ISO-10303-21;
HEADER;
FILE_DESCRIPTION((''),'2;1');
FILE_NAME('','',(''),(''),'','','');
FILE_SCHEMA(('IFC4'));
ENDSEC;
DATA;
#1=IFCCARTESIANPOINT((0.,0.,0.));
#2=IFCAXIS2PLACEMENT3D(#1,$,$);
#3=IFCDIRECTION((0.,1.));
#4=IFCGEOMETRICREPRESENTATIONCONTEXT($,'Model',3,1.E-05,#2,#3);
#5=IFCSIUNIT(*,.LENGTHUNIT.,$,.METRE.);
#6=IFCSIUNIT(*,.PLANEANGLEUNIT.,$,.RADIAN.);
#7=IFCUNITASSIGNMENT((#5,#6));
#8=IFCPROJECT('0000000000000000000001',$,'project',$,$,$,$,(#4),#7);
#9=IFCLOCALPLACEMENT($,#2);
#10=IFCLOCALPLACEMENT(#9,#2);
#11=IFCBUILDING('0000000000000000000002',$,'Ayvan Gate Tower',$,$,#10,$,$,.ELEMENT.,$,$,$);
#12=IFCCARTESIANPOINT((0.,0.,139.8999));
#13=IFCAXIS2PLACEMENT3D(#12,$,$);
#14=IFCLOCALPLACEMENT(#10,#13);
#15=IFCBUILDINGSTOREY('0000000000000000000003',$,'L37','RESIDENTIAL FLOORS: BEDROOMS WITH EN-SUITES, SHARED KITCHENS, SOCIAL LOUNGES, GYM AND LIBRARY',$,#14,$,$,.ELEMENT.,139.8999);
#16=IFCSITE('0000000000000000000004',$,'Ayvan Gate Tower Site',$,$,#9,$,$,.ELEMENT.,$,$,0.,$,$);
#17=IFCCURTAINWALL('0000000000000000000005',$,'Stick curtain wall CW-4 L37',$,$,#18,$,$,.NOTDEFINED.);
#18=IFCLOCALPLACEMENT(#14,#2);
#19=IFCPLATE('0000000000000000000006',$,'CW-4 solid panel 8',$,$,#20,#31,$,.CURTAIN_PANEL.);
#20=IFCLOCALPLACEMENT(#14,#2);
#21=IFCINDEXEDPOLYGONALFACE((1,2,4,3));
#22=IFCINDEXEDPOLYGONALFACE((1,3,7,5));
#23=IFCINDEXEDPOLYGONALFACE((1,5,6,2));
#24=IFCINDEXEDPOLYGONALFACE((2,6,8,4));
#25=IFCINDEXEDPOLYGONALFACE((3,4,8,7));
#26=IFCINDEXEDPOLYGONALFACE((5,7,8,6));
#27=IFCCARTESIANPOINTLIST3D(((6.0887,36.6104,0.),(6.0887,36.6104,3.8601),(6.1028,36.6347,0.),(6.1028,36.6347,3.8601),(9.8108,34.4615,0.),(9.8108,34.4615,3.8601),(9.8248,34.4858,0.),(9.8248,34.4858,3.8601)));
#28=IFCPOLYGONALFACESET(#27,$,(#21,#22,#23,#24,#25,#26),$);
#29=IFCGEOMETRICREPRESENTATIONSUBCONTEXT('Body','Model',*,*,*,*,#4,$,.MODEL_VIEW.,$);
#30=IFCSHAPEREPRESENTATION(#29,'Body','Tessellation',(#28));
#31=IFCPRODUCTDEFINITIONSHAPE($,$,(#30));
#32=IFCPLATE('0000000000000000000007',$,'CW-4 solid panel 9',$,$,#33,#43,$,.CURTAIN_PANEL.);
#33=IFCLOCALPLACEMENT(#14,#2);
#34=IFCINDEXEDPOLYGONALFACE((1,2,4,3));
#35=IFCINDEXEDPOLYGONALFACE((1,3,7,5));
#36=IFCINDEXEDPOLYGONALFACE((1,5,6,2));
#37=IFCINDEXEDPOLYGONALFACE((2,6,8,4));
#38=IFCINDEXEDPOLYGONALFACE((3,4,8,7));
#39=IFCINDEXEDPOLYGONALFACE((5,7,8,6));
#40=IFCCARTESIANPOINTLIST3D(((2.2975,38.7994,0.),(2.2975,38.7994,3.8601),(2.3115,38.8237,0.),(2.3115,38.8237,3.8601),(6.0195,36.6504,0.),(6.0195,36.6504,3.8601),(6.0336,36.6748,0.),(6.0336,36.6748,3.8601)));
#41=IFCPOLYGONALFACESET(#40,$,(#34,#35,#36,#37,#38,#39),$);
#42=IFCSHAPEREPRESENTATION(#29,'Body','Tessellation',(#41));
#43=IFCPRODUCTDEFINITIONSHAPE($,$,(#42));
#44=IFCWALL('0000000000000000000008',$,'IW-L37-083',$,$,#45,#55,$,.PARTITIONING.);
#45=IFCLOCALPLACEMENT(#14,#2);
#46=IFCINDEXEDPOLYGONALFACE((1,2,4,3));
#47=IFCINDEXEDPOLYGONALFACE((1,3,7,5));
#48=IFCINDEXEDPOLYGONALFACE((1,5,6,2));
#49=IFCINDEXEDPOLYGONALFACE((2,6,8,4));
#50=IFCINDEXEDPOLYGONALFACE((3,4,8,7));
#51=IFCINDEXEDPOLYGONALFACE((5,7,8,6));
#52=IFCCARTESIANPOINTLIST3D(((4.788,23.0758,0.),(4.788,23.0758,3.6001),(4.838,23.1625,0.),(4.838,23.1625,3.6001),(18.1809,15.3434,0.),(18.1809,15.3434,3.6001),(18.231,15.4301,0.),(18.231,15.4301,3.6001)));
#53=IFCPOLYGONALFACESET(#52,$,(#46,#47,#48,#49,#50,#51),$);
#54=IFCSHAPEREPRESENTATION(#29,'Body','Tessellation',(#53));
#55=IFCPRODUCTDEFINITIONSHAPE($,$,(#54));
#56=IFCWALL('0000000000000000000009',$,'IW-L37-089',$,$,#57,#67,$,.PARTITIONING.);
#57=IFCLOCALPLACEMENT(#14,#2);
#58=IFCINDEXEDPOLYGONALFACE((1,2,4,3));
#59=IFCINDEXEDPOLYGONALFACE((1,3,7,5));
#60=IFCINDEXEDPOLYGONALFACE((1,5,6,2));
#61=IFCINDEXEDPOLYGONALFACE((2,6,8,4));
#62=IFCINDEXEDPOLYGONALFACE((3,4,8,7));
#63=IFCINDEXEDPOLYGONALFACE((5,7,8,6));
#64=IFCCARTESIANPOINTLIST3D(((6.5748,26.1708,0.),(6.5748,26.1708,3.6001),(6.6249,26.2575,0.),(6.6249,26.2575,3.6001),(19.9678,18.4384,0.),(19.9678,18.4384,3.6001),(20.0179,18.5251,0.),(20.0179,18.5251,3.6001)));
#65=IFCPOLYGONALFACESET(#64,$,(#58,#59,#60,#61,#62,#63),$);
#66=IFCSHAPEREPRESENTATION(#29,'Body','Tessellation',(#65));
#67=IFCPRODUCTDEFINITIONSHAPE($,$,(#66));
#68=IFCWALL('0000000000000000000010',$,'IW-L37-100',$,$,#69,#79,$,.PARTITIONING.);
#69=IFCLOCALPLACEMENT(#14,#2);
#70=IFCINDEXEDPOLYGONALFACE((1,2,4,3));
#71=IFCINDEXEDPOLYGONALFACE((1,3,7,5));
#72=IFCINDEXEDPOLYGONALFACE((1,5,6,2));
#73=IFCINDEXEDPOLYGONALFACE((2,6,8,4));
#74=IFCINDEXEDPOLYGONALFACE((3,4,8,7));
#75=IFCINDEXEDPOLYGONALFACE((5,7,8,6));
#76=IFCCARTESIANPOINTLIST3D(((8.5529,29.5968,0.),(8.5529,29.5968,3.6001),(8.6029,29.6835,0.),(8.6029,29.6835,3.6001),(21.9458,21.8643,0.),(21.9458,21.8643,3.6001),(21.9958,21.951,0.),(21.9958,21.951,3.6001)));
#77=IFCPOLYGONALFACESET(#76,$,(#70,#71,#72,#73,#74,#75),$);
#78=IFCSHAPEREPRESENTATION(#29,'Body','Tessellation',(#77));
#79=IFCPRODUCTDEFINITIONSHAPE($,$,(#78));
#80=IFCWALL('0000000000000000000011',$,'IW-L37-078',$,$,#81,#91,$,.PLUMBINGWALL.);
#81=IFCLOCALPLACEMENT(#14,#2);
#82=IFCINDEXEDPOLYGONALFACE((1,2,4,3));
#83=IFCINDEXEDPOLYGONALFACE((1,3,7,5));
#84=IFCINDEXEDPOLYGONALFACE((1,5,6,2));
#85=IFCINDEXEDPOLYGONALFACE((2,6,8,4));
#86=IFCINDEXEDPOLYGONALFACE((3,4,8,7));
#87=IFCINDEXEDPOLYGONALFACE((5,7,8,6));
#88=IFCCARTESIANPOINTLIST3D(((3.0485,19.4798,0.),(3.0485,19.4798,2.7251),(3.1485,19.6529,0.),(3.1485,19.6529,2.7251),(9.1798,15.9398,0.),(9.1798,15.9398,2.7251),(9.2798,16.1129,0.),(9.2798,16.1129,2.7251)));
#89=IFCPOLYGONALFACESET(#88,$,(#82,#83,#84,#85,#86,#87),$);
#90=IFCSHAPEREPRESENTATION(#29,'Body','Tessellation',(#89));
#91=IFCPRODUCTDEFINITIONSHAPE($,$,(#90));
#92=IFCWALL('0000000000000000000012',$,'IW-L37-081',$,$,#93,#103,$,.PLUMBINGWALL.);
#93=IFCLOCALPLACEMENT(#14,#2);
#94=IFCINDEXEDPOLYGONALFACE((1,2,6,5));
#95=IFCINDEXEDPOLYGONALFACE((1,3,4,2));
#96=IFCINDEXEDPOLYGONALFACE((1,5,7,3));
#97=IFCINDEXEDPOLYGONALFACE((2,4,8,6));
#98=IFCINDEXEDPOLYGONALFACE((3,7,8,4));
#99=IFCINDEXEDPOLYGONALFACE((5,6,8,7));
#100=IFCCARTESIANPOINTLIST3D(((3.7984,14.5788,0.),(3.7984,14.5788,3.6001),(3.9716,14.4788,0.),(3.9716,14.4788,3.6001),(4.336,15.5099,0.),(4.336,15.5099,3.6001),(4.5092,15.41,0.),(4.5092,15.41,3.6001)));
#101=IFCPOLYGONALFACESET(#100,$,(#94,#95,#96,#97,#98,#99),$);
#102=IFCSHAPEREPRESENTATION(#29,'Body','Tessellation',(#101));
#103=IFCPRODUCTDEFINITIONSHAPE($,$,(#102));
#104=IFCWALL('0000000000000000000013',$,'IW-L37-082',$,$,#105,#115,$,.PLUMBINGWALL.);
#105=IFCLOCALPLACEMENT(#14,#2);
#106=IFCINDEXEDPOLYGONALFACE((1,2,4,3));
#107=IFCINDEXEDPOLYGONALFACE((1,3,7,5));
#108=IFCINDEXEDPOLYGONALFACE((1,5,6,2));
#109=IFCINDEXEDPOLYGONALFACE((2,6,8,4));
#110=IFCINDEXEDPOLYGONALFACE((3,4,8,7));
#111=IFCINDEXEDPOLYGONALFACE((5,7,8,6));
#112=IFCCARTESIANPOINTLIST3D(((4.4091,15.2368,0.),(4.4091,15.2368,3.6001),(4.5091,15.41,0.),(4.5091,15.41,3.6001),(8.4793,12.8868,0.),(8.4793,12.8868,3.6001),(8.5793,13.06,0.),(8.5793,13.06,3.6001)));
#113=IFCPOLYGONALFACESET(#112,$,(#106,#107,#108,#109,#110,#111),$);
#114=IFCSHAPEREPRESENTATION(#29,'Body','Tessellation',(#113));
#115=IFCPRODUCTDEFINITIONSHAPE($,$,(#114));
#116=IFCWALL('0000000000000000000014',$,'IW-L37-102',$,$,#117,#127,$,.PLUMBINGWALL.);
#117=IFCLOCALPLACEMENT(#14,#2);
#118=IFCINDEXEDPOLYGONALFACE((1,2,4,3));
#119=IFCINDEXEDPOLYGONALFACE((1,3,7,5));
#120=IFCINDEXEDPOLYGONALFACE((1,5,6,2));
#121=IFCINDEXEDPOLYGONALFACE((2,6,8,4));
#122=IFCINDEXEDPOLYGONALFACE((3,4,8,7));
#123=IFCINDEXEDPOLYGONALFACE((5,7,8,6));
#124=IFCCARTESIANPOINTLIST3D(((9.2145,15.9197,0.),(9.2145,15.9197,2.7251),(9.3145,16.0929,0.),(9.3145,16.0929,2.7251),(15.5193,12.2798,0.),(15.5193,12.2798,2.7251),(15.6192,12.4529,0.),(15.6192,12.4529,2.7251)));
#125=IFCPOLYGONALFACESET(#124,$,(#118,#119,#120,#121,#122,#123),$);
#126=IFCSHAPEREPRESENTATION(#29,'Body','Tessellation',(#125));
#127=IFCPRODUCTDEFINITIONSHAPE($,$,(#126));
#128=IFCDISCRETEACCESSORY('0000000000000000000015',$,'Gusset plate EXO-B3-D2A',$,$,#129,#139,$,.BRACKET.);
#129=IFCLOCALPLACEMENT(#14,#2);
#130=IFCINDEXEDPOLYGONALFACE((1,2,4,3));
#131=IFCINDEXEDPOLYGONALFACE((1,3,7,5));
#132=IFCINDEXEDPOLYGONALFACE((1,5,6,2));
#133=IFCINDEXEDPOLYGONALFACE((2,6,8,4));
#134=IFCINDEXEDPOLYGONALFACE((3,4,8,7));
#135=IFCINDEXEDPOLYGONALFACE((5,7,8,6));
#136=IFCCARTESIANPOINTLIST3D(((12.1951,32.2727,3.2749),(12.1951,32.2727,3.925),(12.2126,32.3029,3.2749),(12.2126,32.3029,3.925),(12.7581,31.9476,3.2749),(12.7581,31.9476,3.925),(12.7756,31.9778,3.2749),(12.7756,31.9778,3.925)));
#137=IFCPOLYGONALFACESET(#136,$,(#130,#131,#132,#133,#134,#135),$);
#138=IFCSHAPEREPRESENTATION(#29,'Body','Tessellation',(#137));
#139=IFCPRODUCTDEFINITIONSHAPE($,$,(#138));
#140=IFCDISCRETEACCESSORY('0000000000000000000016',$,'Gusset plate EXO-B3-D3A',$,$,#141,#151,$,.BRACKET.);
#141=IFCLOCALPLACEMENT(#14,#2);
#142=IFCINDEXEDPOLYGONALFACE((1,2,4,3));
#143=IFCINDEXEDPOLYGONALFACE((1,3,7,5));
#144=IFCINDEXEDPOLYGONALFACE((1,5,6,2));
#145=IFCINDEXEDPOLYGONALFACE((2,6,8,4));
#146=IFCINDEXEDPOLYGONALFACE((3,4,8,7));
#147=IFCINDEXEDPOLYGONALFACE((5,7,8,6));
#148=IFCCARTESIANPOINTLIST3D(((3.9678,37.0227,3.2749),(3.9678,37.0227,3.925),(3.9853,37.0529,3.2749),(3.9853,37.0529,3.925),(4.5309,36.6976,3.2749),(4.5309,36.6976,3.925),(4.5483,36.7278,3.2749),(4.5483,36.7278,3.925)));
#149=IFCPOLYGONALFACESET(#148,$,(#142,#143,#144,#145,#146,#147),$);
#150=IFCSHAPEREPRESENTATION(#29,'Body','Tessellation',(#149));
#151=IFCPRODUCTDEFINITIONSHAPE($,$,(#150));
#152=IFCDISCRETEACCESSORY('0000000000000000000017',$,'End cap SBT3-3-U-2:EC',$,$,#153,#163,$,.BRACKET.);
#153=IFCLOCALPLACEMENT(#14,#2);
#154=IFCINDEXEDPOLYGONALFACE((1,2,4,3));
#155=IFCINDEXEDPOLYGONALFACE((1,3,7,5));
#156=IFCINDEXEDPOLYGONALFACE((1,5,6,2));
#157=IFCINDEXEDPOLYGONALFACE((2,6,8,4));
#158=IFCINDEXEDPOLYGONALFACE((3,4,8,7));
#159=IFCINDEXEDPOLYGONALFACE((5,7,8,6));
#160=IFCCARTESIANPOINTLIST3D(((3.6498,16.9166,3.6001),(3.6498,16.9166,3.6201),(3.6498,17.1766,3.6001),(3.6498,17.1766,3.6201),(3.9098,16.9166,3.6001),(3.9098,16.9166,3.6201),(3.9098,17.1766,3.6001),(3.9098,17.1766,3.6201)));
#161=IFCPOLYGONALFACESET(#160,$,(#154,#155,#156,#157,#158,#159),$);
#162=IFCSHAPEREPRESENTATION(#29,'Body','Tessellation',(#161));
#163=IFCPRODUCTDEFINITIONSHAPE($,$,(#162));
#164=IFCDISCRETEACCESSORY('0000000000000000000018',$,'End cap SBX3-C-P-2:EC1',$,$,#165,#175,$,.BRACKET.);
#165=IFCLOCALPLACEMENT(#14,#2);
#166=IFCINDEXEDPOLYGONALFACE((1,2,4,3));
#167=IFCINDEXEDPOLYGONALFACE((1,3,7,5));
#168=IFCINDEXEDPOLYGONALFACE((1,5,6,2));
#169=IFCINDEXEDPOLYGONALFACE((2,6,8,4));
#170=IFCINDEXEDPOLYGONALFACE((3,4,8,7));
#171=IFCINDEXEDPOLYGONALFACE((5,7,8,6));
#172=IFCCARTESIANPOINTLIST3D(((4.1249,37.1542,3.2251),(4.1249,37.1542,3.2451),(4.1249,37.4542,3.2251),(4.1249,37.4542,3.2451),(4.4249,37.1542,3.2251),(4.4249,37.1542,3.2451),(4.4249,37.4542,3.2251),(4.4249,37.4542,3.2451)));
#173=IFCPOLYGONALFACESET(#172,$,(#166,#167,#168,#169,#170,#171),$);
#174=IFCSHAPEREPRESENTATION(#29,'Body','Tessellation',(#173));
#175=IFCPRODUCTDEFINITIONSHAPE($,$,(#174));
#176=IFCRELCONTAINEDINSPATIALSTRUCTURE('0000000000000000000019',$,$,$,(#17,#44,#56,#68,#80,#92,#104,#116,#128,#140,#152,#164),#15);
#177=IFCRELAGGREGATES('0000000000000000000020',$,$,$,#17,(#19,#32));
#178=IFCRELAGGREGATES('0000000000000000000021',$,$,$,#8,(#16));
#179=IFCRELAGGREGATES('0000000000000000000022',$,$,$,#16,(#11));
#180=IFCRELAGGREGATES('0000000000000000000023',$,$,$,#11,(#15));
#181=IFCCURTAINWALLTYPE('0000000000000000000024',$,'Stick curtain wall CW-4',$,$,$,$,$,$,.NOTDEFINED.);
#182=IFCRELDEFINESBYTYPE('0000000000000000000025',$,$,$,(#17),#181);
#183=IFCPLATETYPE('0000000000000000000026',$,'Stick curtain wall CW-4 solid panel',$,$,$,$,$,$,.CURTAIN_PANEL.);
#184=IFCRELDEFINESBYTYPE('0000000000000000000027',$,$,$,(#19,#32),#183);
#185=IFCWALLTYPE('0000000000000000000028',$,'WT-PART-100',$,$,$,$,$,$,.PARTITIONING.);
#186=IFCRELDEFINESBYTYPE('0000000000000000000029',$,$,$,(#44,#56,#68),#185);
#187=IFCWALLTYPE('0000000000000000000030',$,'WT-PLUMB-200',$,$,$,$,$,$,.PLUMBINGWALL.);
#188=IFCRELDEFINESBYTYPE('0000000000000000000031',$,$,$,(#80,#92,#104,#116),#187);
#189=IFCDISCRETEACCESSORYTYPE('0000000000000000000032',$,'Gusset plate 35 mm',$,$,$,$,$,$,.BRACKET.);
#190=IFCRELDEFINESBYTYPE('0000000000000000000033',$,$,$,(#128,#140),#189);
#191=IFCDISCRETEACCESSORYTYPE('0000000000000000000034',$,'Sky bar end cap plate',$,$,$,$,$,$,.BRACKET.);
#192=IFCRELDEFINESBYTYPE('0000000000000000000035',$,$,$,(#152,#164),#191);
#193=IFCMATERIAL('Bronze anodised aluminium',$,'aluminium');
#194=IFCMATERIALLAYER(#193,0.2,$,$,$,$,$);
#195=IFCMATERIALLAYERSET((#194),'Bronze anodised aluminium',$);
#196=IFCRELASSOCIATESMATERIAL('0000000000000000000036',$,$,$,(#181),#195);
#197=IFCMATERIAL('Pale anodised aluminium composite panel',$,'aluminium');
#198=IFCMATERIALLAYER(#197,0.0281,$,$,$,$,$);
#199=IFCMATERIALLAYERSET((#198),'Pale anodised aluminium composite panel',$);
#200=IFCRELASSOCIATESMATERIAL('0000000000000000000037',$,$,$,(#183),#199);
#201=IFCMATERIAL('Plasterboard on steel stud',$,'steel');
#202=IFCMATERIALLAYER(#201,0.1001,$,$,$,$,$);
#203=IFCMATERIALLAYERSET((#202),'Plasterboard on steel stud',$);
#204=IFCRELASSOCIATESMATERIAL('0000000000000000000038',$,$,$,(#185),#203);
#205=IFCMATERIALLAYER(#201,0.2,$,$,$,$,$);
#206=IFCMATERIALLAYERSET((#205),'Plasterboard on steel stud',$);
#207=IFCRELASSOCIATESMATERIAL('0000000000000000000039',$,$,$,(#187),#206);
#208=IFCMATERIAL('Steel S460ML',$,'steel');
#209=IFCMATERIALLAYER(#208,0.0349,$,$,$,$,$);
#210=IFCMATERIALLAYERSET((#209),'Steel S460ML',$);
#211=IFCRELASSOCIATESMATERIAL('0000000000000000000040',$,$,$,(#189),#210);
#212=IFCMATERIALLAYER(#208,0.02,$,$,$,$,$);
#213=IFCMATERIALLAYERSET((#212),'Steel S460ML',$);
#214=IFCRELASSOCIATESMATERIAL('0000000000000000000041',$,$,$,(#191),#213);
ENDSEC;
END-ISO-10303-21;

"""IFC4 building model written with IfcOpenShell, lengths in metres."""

from ifc_helpers import new_model, si_unit, direction, frame, frame_2d, origin, origin_2d, place, context, subcontext, project, spatial, rectangle, extrude, material, layer, layer_set, type_object, element, aggregate, save


model = new_model("IFC4")

# Units and contexts
model_context = context("Model", 3, precision=1e-05, world=origin(), true_north=direction((0.0, 1.0)))
body_context = subcontext(model_context, "Body", "Model", "MODEL_VIEW")
ifc_project = project(units=[si_unit("LENGTHUNIT", "METRE"), si_unit("PLANEANGLEUNIT", "RADIAN")], contexts=[model_context])

# Site, building, storey
site_placement = place(None, origin())
site = spatial("IfcSite", under=ifc_project, at=site_placement, Name="Ayvan Gate Tower Site", CompositionType="ELEMENT", RefElevation=0.0)
building_placement = place(site_placement, origin())
building = spatial("IfcBuilding", under=site, at=building_placement, Name="Ayvan Gate Tower", CompositionType="ELEMENT")
storey_placement = place(building_placement, frame((0.0, 0.0, 139.8999)))
storey = spatial("IfcBuildingStorey", under=building, at=storey_placement, Name="L37", Description="RESIDENTIAL FLOORS: BEDROOMS WITH EN-SUITES, SHARED KITCHENS, SOCIAL LOUNGES, GYM AND LIBRARY", CompositionType="ELEMENT", Elevation=139.8999)

# Curtain wall, plates
ifc_material_1 = material(Name="Bronze anodised aluminium", Category="aluminium")
ifc_layer_1 = layer(ifc_material_1, 0.2)
ifc_layer_set_1 = layer_set([ifc_layer_1], Name="Bronze anodised aluminium")
curtain_wall_type = type_object("IfcCurtainWallType", Name="Stick curtain wall CW-4", PredefinedType="NOTDEFINED", material=ifc_layer_set_1)
curtain_wall_placement = place(storey_placement, origin())
curtain_wall = element("IfcCurtainWall", 1, at=curtain_wall_placement, inside=storey, type_object=curtain_wall_type, Name="Stick curtain wall CW-4 L37", PredefinedType="NOTDEFINED")
ifc_material_2 = material(Name="Pale anodised aluminium composite panel", Category="aluminium")
ifc_layer_2 = layer(ifc_material_2, 0.0281)
ifc_layer_set_2 = layer_set([ifc_layer_2], Name="Pale anodised aluminium composite panel")
plate_type = type_object("IfcPlateType", Name="Stick curtain wall CW-4 solid panel", PredefinedType="CURTAIN_PANEL", material=ifc_layer_set_2)
plate_1_placement = place(storey_placement, frame((7.9568, 35.5481, 0.0), z_axis=(0.0, 0.0, 1.0), x_axis=(-0.866025, 0.5, 0.0)))
plate_1 = element("IfcPlate", 2, at=plate_1_placement, type_object=plate_type, Name="CW-4 solid panel 8", PredefinedType="CURTAIN_PANEL", context=body_context, shape_type="SweptSolid", body=[
    extrude(rectangle(XDim=4.2979, YDim=0.0281, at=origin_2d()), origin(), (0.0, 0.0, 1.0), 3.8601),
])
plate_2_placement = place(storey_placement, frame((4.1655, 37.7371, 0.0), z_axis=(0.0, 0.0, 1.0), x_axis=(-0.866025, 0.5, 0.0)))
plate_2 = element("IfcPlate", 3, at=plate_2_placement, type_object=plate_type, Name="CW-4 solid panel 9", PredefinedType="CURTAIN_PANEL", context=body_context, shape_type="SweptSolid", body=[
    extrude(rectangle(XDim=4.2979, YDim=0.0281, at=origin_2d()), origin(), (0.0, 0.0, 1.0), 3.8601),
])
aggregate(curtain_wall, [plate_1, plate_2])

# Walls
ifc_material_3 = material(Name="Plasterboard on steel stud", Category="steel")
ifc_layer_3 = layer(ifc_material_3, 0.1001)
ifc_layer_set_3 = layer_set([ifc_layer_3], Name="Plasterboard on steel stud")
wall_type_1 = type_object("IfcWallType", Name="WT-PART-100", PredefinedType="PARTITIONING", material=ifc_layer_set_3)
for number, where, z_axis, x_axis, name in (
    (4, (4.813, 23.1191, 0.0), (0.0, 0.0, 1.0), (0.866027, -0.499997, 0.0), "IW-L37-083"),
    (5, (6.5999, 26.2141, 0.0), (0.0, 0.0, 1.0), (0.866027, -0.499997, 0.0), "IW-L37-089"),
    (6, (8.5779, 29.6401, 0.0), (0.0, 0.0, 1.0), (0.866023, -0.500004, 0.0), "IW-L37-100"),
):
    element("IfcWall", number, at=place(storey_placement, frame(where, z_axis=z_axis, x_axis=x_axis)), inside=storey, type_object=wall_type_1, Name=name, PredefinedType="PARTITIONING", context=body_context, shape_type="SweptSolid", body=[
        extrude(rectangle(XDim=15.4648, YDim=0.1001, at=frame_2d((7.7324, 0.0))), origin(), (0.0, 0.0, 1.0), 3.6001),
    ])
ifc_layer_4 = layer(ifc_material_3, 0.2)
ifc_layer_set_4 = layer_set([ifc_layer_4], Name="Plasterboard on steel stud")
wall_type_2 = type_object("IfcWallType", Name="WT-PLUMB-200", PredefinedType="PLUMBINGWALL", material=ifc_layer_set_4)
wall_1_placement = place(storey_placement, frame((3.0984, 19.5664, 0.0), z_axis=(0.0, 0.0, 1.0), x_axis=(0.866019, -0.500011, 0.0)))
element("IfcWall", 7, at=wall_1_placement, inside=storey, type_object=wall_type_2, Name="IW-L37-078", PredefinedType="PLUMBINGWALL", context=body_context, shape_type="SweptSolid", body=[
    extrude(rectangle(XDim=7.0798, YDim=0.2, at=frame_2d((3.54, 0.0))), origin(), (0.0, 0.0, 1.0), 2.7251),
])
wall_2_placement = place(storey_placement, frame((3.885, 14.5288, 0.0), z_axis=(0.0, 0.0, 1.0), x_axis=(0.499998, 0.866027, 0.0)))
element("IfcWall", 8, at=wall_2_placement, inside=storey, type_object=wall_type_2, Name="IW-L37-081", PredefinedType="PLUMBINGWALL", context=body_context, shape_type="SweptSolid", body=[
    extrude(rectangle(XDim=1.0752, YDim=0.2, at=frame_2d((0.5376, 0.0))), origin(), (0.0, 0.0, 1.0), 3.6001),
])
wall_3_placement = place(storey_placement, frame((4.459, 15.3235, 0.0), z_axis=(0.0, 0.0, 1.0), x_axis=(0.866016, -0.500016, 0.0)))
element("IfcWall", 9, at=wall_3_placement, inside=storey, type_object=wall_type_2, Name="IW-L37-082", PredefinedType="PLUMBINGWALL", context=body_context, shape_type="SweptSolid", body=[
    extrude(rectangle(XDim=4.7, YDim=0.2, at=frame_2d((2.3501, 0.0))), origin(), (0.0, 0.0, 1.0), 3.6001),
])
wall_4_placement = place(storey_placement, frame((9.2644, 16.0063, 0.0), z_axis=(0.0, 0.0, 1.0), x_axis=(0.866033, -0.499988, 0.0)))
element("IfcWall", 10, at=wall_4_placement, inside=storey, type_object=wall_type_2, Name="IW-L37-102", PredefinedType="PLUMBINGWALL", context=body_context, shape_type="SweptSolid", body=[
    extrude(rectangle(XDim=7.28, YDim=0.2, at=frame_2d((3.6401, 0.0))), origin(), (0.0, 0.0, 1.0), 2.7251),
])

# Discrete accessories
ifc_material_4 = material(Name="Steel S460ML", Category="steel")
ifc_layer_5 = layer(ifc_material_4, 0.0349)
ifc_layer_set_5 = layer_set([ifc_layer_5], Name="Steel S460ML")
discrete_accessory_type_1 = type_object("IfcDiscreteAccessoryType", Name="Gusset plate 35 mm", PredefinedType="BRACKET", material=ifc_layer_set_5)
for number, where, z_axis, x_axis, name in (
    (11, (12.4854, 32.1252, 3.2749), (0.0, 0.0, 1.0), (-0.866025, 0.5, 0.0), "Gusset plate EXO-B3-D2A"),
    (12, (4.2581, 36.8752, 3.2749), (0.0, 0.0, 1.0), (-0.866025, 0.5, 0.0), "Gusset plate EXO-B3-D3A"),
):
    element("IfcDiscreteAccessory", number, at=place(storey_placement, frame(where, z_axis=z_axis, x_axis=x_axis)), inside=storey, type_object=discrete_accessory_type_1, Name=name, PredefinedType="BRACKET", context=body_context, shape_type="SweptSolid", body=[
        extrude(rectangle(XDim=0.6501, YDim=0.0349, at=origin_2d()), origin(), (0.0, 0.0, 1.0), 0.6501),
    ])
ifc_layer_6 = layer(ifc_material_4, 0.02)
ifc_layer_set_6 = layer_set([ifc_layer_6], Name="Steel S460ML")
discrete_accessory_type_2 = type_object("IfcDiscreteAccessoryType", Name="Sky bar end cap plate", PredefinedType="BRACKET", material=ifc_layer_set_6)
discrete_accessory_1_placement = place(storey_placement, frame((3.7798, 17.0466, 3.6001), z_axis=(0.0, 0.0, 1.0), x_axis=(1.0, 0.0, 0.0)))
element("IfcDiscreteAccessory", 13, at=discrete_accessory_1_placement, inside=storey, type_object=discrete_accessory_type_2, Name="End cap SBT3-3-U-2:EC", PredefinedType="BRACKET", context=body_context, shape_type="SweptSolid", body=[
    extrude(rectangle(XDim=0.26, YDim=0.26, at=origin_2d()), origin(), (0.0, 0.0, 1.0), 0.02),
])
discrete_accessory_2_placement = place(storey_placement, frame((4.2749, 37.3042, 3.2251), z_axis=(0.0, 0.0, 1.0), x_axis=(1.0, 0.0, 0.0)))
element("IfcDiscreteAccessory", 14, at=discrete_accessory_2_placement, inside=storey, type_object=discrete_accessory_type_2, Name="End cap SBX3-C-P-2:EC1", PredefinedType="BRACKET", context=body_context, shape_type="SweptSolid", body=[
    extrude(rectangle(XDim=0.3, YDim=0.3, at=origin_2d()), origin(), (0.0, 0.0, 1.0), 0.02),
])

save(model, "model.ifc")
